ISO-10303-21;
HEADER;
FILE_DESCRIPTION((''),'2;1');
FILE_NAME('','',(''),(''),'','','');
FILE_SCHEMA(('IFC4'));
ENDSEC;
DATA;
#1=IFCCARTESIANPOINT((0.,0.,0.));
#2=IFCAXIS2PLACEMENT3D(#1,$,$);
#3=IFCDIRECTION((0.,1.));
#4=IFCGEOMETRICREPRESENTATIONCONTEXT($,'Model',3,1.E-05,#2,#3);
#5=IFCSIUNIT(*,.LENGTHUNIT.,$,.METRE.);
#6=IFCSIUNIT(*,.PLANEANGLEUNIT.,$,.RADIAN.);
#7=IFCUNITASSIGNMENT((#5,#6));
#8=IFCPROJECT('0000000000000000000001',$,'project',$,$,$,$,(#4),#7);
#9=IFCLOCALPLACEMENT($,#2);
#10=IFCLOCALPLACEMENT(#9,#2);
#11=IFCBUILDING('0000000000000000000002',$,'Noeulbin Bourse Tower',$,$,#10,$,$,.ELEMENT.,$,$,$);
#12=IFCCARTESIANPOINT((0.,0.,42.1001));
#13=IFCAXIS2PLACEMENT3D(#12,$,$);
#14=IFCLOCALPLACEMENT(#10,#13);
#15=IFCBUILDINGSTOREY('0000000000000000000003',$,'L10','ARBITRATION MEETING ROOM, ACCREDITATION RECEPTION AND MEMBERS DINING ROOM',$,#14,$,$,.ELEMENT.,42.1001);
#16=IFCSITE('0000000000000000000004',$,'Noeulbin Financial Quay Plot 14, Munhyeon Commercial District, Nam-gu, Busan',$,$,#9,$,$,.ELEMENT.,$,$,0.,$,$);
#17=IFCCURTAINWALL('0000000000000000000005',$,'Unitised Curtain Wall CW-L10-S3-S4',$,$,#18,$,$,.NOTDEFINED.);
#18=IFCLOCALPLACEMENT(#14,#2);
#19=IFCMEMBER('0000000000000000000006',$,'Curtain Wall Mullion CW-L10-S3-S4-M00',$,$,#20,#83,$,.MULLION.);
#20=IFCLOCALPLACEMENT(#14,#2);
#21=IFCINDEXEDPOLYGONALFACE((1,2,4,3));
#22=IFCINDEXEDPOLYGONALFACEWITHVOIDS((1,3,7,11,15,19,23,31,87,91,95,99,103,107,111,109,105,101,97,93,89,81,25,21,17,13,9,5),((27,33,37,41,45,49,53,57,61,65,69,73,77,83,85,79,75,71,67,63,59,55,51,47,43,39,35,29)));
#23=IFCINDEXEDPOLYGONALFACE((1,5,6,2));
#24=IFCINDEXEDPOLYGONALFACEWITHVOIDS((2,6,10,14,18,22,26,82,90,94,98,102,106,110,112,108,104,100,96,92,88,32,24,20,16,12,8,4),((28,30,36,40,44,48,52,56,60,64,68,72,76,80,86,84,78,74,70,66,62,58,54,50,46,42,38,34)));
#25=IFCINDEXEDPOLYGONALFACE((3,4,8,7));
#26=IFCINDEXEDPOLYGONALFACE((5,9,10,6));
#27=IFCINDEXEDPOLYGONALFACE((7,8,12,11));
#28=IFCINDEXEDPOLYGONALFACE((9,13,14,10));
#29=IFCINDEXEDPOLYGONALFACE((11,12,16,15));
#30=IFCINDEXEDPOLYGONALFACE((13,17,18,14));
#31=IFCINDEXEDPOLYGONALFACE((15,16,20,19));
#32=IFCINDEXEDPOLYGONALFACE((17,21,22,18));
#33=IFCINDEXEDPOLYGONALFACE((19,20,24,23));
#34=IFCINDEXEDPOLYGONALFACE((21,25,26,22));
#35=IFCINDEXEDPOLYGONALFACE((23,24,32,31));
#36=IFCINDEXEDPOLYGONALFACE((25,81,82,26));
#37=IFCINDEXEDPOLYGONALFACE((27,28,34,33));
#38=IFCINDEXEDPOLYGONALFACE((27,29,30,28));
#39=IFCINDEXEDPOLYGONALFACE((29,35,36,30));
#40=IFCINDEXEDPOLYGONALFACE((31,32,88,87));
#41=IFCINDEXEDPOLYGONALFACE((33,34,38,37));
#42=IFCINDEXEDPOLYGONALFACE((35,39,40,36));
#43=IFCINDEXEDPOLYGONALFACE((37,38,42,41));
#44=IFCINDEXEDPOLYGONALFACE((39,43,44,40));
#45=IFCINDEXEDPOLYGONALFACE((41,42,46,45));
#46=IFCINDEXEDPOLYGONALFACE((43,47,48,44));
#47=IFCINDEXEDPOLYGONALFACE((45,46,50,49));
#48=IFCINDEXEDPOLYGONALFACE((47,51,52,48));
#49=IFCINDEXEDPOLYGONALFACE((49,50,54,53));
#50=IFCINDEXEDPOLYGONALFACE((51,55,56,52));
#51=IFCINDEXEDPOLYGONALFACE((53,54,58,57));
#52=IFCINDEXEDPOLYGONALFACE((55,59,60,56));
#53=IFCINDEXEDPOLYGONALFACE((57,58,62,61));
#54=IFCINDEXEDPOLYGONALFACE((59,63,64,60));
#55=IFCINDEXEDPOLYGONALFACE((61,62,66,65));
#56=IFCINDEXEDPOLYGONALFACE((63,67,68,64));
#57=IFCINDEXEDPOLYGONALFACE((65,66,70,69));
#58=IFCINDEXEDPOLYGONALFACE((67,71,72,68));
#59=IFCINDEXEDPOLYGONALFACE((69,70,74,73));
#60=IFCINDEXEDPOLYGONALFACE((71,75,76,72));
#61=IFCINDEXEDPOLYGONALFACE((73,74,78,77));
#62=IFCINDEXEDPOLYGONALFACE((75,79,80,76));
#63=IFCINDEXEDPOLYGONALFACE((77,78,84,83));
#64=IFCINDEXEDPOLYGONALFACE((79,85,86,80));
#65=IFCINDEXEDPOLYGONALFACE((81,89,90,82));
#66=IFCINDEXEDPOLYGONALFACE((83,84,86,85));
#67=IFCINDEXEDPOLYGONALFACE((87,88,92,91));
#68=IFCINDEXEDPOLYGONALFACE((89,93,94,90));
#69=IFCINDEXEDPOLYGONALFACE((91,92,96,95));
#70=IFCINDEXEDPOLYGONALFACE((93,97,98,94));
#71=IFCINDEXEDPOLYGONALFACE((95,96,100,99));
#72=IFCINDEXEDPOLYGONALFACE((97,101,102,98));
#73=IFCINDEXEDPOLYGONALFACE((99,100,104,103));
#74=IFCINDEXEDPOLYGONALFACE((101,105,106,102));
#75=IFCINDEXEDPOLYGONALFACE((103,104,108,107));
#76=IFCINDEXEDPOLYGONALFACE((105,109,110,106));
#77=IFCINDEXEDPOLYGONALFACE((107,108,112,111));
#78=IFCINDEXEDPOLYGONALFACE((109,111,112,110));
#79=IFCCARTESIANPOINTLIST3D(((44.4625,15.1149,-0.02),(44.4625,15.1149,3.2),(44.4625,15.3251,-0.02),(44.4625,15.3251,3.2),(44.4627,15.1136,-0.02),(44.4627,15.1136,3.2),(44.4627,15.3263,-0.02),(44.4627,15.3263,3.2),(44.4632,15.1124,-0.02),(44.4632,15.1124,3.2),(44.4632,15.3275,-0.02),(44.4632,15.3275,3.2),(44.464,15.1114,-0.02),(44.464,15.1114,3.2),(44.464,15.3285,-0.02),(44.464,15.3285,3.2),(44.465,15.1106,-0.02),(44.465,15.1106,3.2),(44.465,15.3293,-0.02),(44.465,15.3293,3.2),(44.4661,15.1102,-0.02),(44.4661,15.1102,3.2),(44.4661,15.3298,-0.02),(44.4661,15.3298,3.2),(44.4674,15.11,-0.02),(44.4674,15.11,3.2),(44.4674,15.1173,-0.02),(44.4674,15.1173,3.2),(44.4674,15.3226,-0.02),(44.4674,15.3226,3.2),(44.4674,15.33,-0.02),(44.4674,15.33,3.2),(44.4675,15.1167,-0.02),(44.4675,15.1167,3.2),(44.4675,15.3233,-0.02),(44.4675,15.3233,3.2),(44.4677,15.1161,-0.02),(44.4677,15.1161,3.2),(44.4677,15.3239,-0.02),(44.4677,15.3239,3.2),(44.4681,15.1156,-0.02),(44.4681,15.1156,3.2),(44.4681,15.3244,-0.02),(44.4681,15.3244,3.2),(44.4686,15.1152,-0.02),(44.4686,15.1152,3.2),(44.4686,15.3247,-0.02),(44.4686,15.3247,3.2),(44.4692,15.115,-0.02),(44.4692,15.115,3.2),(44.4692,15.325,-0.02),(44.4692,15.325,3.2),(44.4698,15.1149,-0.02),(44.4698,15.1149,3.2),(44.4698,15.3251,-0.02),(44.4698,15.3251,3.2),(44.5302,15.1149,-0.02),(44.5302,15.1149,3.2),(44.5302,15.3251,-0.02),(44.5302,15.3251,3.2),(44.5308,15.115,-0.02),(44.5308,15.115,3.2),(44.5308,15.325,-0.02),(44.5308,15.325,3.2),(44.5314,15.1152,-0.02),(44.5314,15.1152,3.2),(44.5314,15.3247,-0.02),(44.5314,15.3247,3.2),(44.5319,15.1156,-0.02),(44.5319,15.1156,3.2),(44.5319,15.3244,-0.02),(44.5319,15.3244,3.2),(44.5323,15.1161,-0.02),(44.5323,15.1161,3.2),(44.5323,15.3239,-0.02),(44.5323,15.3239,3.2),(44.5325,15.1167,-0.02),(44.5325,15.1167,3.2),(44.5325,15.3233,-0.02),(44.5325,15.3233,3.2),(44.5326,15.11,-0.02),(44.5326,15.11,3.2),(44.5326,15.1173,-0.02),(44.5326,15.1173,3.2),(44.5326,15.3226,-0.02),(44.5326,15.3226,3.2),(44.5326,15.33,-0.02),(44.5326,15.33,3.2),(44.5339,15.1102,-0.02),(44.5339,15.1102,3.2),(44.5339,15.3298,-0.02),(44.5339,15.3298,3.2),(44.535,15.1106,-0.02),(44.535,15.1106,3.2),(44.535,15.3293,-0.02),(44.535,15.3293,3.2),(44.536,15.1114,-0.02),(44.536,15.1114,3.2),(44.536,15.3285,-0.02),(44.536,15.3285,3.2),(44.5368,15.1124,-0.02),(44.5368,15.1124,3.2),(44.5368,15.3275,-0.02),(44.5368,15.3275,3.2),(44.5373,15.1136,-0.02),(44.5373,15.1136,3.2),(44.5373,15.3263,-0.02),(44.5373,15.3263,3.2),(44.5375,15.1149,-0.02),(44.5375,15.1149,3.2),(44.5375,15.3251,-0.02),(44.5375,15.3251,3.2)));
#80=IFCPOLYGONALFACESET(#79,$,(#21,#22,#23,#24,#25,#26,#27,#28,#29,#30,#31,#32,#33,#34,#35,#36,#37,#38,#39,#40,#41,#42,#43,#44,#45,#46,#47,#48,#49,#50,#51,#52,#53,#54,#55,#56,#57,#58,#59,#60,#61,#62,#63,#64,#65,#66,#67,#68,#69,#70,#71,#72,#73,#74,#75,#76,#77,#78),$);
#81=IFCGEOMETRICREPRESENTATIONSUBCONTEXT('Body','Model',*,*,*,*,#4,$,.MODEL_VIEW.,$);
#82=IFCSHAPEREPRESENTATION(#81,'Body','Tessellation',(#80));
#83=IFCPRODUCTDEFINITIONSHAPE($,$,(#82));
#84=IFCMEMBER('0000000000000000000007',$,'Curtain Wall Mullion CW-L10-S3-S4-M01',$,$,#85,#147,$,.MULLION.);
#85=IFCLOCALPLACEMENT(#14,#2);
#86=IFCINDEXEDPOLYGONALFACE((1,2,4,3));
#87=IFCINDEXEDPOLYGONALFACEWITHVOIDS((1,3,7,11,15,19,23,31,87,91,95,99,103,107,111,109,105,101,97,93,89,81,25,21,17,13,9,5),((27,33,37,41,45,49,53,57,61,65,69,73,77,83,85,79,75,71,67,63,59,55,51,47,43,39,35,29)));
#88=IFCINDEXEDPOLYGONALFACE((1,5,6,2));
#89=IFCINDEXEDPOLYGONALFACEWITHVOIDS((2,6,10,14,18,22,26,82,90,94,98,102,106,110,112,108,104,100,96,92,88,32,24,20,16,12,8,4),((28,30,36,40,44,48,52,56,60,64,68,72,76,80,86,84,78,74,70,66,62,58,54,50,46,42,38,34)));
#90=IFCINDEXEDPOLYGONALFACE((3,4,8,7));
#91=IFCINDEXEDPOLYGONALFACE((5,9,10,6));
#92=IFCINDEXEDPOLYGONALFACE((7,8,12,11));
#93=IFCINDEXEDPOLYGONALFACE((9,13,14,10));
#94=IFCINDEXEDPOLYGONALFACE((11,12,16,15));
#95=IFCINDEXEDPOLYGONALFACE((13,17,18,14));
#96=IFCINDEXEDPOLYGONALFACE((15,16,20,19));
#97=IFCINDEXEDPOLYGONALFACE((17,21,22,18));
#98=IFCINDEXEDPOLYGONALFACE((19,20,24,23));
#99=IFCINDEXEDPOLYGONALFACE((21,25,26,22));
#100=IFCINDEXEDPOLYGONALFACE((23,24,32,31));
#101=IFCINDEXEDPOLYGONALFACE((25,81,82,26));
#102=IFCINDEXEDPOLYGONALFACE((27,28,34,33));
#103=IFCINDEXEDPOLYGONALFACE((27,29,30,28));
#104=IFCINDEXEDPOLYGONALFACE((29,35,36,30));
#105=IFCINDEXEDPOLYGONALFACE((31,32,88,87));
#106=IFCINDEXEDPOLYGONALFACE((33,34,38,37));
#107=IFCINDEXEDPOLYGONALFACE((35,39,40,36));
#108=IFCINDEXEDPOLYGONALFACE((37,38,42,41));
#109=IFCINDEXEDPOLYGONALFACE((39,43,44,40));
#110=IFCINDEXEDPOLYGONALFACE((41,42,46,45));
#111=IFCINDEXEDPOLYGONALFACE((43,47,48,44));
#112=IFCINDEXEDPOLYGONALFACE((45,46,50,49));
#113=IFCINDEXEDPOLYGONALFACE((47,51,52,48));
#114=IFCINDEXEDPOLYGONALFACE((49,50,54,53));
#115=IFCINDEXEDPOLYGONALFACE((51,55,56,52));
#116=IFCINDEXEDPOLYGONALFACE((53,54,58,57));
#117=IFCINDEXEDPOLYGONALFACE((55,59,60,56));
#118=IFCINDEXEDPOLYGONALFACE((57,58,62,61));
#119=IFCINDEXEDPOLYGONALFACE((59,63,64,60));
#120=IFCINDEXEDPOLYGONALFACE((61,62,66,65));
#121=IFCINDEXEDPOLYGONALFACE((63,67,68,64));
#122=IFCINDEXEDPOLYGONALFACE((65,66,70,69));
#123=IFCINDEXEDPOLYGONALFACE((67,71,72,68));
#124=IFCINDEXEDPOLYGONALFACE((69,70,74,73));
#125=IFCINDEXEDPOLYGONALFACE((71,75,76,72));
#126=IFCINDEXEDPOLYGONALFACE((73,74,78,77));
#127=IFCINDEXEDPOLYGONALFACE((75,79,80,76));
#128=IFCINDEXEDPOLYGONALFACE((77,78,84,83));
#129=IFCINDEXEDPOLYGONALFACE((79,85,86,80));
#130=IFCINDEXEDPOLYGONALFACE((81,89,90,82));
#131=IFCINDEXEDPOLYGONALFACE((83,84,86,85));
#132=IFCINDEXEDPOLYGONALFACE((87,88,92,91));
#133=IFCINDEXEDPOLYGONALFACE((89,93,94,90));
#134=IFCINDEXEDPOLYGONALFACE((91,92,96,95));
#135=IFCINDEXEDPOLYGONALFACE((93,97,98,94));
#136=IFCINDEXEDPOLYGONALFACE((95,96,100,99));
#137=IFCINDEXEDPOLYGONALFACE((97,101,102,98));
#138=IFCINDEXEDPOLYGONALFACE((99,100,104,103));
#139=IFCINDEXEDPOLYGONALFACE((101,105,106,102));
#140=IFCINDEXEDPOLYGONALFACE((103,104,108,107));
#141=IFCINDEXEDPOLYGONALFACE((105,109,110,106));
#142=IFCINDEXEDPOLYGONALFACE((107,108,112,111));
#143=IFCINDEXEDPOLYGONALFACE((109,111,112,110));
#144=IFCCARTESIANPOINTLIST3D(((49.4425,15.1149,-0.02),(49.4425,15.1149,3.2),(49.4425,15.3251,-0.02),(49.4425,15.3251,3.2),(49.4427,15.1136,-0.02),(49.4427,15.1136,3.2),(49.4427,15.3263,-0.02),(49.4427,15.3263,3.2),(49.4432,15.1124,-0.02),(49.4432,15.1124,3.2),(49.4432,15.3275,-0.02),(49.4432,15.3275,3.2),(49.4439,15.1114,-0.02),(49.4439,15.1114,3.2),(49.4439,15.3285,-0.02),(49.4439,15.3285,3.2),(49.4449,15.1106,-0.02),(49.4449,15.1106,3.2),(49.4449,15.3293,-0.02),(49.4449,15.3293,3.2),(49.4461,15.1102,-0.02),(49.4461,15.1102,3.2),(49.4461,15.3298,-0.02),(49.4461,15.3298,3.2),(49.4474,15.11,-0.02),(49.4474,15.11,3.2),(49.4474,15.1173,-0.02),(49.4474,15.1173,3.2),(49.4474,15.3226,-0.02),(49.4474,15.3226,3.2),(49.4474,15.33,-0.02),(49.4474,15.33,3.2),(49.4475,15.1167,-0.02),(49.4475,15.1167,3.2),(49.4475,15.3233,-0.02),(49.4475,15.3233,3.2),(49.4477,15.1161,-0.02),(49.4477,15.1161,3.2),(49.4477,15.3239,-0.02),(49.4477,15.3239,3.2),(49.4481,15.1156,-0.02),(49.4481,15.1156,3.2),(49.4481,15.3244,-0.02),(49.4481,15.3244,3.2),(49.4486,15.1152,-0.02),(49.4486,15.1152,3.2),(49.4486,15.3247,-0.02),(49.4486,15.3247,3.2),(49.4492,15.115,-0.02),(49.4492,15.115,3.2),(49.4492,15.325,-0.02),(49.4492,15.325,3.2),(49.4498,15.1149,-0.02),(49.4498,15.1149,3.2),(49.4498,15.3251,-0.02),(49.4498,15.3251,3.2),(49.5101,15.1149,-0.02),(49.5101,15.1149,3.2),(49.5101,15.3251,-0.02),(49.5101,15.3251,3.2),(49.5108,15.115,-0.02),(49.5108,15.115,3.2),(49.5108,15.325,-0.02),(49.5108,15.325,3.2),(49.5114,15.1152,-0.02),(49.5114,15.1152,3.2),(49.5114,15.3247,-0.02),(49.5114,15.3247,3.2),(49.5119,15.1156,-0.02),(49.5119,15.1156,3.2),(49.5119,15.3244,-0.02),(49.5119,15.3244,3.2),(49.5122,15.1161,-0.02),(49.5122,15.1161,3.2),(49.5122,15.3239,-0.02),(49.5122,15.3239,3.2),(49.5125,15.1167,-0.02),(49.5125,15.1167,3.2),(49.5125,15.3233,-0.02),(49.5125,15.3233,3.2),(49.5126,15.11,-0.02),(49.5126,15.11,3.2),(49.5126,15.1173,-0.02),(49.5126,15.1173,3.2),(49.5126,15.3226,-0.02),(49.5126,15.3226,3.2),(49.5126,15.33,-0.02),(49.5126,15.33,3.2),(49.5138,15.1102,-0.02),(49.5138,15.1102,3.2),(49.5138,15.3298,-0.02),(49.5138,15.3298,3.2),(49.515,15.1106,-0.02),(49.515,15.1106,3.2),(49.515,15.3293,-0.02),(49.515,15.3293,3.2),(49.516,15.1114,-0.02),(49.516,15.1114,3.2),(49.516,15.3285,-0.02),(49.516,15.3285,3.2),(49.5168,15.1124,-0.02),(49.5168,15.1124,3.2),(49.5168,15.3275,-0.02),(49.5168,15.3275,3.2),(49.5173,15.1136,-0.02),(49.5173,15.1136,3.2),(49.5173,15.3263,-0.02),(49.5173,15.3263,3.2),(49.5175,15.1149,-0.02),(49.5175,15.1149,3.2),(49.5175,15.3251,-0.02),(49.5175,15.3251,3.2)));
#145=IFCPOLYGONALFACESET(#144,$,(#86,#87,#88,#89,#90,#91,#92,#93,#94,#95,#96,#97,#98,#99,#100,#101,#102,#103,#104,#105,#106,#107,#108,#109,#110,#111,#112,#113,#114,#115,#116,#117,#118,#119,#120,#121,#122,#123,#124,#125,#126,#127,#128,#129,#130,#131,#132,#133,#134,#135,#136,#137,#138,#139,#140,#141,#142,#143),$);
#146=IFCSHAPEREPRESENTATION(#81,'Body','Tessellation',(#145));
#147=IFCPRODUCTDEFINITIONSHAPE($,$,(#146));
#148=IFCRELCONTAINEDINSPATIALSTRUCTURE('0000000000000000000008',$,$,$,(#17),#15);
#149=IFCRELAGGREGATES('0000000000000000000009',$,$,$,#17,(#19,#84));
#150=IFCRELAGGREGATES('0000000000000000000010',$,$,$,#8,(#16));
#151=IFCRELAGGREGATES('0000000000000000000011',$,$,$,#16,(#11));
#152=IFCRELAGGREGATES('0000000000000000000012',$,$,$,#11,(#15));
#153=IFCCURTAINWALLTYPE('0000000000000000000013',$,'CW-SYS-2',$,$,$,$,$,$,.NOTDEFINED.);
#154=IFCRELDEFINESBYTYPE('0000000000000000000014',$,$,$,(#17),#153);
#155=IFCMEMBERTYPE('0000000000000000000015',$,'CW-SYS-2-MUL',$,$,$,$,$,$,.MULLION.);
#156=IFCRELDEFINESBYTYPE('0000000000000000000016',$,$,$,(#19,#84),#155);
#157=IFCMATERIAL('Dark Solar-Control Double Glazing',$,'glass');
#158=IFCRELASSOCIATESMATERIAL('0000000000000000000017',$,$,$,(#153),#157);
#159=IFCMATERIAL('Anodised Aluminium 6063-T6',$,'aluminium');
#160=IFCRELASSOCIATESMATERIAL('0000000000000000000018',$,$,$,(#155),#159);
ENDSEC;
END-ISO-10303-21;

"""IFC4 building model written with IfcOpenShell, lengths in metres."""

from ifc_helpers import new_model, si_unit, direction, frame, origin, origin_2d, place, context, subcontext, project, spatial, hollow_rectangle, extrude, material, material_profile, profile_set, type_object, element, aggregate, save


model = new_model("IFC4")

# Units and contexts
model_context = context("Model", 3, precision=1e-05, world=origin(), true_north=direction((0.0, 1.0)))
body_context = subcontext(model_context, "Body", "Model", "MODEL_VIEW")
ifc_project = project(units=[si_unit("LENGTHUNIT", "METRE"), si_unit("PLANEANGLEUNIT", "RADIAN")], contexts=[model_context])

# Site, building, storey
site_placement = place(None, origin())
site = spatial("IfcSite", under=ifc_project, at=site_placement, Name="Noeulbin Financial Quay Plot 14, Munhyeon Commercial District, Nam-gu, Busan", CompositionType="ELEMENT", RefElevation=0.0)
building_placement = place(site_placement, origin())
building = spatial("IfcBuilding", under=site, at=building_placement, Name="Noeulbin Bourse Tower", CompositionType="ELEMENT")
storey_placement = place(building_placement, frame((0.0, 0.0, 42.1001)))
storey = spatial("IfcBuildingStorey", under=building, at=storey_placement, Name="L10", Description="ARBITRATION MEETING ROOM, ACCREDITATION RECEPTION AND MEMBERS DINING ROOM", CompositionType="ELEMENT", Elevation=42.1001)

# Curtain wall, members
ifc_material_1 = material(Name="Dark Solar-Control Double Glazing", Category="glass")
curtain_wall_type = type_object("IfcCurtainWallType", Name="CW-SYS-2", PredefinedType="NOTDEFINED", material=ifc_material_1)
curtain_wall_1_placement = place(storey_placement, origin())
curtain_wall_1 = element("IfcCurtainWall", 1, at=curtain_wall_1_placement, inside=storey, type_object=curtain_wall_type, Name="Unitised Curtain Wall CW-L10-S3-S4", PredefinedType="NOTDEFINED")
ifc_material_2 = material(Name="Anodised Aluminium 6063-T6", Category="aluminium")
ifc_material_profile_1 = material_profile(ifc_material_2, hollow_rectangle(XDim=0.075, YDim=0.22, WallThickness=0.0049, InnerFilletRadius=0.0024, OuterFilletRadius=0.0049, at=origin_2d()), Name="ALU-MULL-75x220x5", Category="LoadBearing")
ifc_profile_set_1 = profile_set([ifc_material_profile_1], Name="Anodised Aluminium 6063-T6")
member_type_1 = type_object("IfcMemberType", Name="CW-SYS-2-MUL", PredefinedType="MULLION", material=ifc_profile_set_1)
member_1_placement = place(storey_placement, frame((44.5, 15.22, -0.02), z_axis=(0.0, 0.0, 1.0), x_axis=(1.0, 0.0, 0.0)))
member_1 = element("IfcMember", 2, at=member_1_placement, type_object=member_type_1, Name="Curtain Wall Mullion CW-L10-S3-S4-M00", PredefinedType="MULLION", context=body_context, shape_type="SweptSolid", body=[
    extrude(hollow_rectangle(XDim=0.075, YDim=0.22, WallThickness=0.0049, InnerFilletRadius=0.0024, OuterFilletRadius=0.0049, at=origin_2d()), origin(), (0.0, 0.0, 1.0), 3.22),
])
member_2_placement = place(storey_placement, frame((49.48, 15.22, -0.02), z_axis=(0.0, 0.0, 1.0), x_axis=(1.0, 0.0, 0.0)))
member_2 = element("IfcMember", 3, at=member_2_placement, type_object=member_type_1, Name="Curtain Wall Mullion CW-L10-S3-S4-M01", PredefinedType="MULLION", context=body_context, shape_type="SweptSolid", body=[
    extrude(hollow_rectangle(XDim=0.075, YDim=0.22, WallThickness=0.0049, InnerFilletRadius=0.0024, OuterFilletRadius=0.0049, at=origin_2d()), origin(), (0.0, 0.0, 1.0), 3.22),
])

aggregate(curtain_wall_1, [member_1, member_2])

save(model, "model.ifc")
